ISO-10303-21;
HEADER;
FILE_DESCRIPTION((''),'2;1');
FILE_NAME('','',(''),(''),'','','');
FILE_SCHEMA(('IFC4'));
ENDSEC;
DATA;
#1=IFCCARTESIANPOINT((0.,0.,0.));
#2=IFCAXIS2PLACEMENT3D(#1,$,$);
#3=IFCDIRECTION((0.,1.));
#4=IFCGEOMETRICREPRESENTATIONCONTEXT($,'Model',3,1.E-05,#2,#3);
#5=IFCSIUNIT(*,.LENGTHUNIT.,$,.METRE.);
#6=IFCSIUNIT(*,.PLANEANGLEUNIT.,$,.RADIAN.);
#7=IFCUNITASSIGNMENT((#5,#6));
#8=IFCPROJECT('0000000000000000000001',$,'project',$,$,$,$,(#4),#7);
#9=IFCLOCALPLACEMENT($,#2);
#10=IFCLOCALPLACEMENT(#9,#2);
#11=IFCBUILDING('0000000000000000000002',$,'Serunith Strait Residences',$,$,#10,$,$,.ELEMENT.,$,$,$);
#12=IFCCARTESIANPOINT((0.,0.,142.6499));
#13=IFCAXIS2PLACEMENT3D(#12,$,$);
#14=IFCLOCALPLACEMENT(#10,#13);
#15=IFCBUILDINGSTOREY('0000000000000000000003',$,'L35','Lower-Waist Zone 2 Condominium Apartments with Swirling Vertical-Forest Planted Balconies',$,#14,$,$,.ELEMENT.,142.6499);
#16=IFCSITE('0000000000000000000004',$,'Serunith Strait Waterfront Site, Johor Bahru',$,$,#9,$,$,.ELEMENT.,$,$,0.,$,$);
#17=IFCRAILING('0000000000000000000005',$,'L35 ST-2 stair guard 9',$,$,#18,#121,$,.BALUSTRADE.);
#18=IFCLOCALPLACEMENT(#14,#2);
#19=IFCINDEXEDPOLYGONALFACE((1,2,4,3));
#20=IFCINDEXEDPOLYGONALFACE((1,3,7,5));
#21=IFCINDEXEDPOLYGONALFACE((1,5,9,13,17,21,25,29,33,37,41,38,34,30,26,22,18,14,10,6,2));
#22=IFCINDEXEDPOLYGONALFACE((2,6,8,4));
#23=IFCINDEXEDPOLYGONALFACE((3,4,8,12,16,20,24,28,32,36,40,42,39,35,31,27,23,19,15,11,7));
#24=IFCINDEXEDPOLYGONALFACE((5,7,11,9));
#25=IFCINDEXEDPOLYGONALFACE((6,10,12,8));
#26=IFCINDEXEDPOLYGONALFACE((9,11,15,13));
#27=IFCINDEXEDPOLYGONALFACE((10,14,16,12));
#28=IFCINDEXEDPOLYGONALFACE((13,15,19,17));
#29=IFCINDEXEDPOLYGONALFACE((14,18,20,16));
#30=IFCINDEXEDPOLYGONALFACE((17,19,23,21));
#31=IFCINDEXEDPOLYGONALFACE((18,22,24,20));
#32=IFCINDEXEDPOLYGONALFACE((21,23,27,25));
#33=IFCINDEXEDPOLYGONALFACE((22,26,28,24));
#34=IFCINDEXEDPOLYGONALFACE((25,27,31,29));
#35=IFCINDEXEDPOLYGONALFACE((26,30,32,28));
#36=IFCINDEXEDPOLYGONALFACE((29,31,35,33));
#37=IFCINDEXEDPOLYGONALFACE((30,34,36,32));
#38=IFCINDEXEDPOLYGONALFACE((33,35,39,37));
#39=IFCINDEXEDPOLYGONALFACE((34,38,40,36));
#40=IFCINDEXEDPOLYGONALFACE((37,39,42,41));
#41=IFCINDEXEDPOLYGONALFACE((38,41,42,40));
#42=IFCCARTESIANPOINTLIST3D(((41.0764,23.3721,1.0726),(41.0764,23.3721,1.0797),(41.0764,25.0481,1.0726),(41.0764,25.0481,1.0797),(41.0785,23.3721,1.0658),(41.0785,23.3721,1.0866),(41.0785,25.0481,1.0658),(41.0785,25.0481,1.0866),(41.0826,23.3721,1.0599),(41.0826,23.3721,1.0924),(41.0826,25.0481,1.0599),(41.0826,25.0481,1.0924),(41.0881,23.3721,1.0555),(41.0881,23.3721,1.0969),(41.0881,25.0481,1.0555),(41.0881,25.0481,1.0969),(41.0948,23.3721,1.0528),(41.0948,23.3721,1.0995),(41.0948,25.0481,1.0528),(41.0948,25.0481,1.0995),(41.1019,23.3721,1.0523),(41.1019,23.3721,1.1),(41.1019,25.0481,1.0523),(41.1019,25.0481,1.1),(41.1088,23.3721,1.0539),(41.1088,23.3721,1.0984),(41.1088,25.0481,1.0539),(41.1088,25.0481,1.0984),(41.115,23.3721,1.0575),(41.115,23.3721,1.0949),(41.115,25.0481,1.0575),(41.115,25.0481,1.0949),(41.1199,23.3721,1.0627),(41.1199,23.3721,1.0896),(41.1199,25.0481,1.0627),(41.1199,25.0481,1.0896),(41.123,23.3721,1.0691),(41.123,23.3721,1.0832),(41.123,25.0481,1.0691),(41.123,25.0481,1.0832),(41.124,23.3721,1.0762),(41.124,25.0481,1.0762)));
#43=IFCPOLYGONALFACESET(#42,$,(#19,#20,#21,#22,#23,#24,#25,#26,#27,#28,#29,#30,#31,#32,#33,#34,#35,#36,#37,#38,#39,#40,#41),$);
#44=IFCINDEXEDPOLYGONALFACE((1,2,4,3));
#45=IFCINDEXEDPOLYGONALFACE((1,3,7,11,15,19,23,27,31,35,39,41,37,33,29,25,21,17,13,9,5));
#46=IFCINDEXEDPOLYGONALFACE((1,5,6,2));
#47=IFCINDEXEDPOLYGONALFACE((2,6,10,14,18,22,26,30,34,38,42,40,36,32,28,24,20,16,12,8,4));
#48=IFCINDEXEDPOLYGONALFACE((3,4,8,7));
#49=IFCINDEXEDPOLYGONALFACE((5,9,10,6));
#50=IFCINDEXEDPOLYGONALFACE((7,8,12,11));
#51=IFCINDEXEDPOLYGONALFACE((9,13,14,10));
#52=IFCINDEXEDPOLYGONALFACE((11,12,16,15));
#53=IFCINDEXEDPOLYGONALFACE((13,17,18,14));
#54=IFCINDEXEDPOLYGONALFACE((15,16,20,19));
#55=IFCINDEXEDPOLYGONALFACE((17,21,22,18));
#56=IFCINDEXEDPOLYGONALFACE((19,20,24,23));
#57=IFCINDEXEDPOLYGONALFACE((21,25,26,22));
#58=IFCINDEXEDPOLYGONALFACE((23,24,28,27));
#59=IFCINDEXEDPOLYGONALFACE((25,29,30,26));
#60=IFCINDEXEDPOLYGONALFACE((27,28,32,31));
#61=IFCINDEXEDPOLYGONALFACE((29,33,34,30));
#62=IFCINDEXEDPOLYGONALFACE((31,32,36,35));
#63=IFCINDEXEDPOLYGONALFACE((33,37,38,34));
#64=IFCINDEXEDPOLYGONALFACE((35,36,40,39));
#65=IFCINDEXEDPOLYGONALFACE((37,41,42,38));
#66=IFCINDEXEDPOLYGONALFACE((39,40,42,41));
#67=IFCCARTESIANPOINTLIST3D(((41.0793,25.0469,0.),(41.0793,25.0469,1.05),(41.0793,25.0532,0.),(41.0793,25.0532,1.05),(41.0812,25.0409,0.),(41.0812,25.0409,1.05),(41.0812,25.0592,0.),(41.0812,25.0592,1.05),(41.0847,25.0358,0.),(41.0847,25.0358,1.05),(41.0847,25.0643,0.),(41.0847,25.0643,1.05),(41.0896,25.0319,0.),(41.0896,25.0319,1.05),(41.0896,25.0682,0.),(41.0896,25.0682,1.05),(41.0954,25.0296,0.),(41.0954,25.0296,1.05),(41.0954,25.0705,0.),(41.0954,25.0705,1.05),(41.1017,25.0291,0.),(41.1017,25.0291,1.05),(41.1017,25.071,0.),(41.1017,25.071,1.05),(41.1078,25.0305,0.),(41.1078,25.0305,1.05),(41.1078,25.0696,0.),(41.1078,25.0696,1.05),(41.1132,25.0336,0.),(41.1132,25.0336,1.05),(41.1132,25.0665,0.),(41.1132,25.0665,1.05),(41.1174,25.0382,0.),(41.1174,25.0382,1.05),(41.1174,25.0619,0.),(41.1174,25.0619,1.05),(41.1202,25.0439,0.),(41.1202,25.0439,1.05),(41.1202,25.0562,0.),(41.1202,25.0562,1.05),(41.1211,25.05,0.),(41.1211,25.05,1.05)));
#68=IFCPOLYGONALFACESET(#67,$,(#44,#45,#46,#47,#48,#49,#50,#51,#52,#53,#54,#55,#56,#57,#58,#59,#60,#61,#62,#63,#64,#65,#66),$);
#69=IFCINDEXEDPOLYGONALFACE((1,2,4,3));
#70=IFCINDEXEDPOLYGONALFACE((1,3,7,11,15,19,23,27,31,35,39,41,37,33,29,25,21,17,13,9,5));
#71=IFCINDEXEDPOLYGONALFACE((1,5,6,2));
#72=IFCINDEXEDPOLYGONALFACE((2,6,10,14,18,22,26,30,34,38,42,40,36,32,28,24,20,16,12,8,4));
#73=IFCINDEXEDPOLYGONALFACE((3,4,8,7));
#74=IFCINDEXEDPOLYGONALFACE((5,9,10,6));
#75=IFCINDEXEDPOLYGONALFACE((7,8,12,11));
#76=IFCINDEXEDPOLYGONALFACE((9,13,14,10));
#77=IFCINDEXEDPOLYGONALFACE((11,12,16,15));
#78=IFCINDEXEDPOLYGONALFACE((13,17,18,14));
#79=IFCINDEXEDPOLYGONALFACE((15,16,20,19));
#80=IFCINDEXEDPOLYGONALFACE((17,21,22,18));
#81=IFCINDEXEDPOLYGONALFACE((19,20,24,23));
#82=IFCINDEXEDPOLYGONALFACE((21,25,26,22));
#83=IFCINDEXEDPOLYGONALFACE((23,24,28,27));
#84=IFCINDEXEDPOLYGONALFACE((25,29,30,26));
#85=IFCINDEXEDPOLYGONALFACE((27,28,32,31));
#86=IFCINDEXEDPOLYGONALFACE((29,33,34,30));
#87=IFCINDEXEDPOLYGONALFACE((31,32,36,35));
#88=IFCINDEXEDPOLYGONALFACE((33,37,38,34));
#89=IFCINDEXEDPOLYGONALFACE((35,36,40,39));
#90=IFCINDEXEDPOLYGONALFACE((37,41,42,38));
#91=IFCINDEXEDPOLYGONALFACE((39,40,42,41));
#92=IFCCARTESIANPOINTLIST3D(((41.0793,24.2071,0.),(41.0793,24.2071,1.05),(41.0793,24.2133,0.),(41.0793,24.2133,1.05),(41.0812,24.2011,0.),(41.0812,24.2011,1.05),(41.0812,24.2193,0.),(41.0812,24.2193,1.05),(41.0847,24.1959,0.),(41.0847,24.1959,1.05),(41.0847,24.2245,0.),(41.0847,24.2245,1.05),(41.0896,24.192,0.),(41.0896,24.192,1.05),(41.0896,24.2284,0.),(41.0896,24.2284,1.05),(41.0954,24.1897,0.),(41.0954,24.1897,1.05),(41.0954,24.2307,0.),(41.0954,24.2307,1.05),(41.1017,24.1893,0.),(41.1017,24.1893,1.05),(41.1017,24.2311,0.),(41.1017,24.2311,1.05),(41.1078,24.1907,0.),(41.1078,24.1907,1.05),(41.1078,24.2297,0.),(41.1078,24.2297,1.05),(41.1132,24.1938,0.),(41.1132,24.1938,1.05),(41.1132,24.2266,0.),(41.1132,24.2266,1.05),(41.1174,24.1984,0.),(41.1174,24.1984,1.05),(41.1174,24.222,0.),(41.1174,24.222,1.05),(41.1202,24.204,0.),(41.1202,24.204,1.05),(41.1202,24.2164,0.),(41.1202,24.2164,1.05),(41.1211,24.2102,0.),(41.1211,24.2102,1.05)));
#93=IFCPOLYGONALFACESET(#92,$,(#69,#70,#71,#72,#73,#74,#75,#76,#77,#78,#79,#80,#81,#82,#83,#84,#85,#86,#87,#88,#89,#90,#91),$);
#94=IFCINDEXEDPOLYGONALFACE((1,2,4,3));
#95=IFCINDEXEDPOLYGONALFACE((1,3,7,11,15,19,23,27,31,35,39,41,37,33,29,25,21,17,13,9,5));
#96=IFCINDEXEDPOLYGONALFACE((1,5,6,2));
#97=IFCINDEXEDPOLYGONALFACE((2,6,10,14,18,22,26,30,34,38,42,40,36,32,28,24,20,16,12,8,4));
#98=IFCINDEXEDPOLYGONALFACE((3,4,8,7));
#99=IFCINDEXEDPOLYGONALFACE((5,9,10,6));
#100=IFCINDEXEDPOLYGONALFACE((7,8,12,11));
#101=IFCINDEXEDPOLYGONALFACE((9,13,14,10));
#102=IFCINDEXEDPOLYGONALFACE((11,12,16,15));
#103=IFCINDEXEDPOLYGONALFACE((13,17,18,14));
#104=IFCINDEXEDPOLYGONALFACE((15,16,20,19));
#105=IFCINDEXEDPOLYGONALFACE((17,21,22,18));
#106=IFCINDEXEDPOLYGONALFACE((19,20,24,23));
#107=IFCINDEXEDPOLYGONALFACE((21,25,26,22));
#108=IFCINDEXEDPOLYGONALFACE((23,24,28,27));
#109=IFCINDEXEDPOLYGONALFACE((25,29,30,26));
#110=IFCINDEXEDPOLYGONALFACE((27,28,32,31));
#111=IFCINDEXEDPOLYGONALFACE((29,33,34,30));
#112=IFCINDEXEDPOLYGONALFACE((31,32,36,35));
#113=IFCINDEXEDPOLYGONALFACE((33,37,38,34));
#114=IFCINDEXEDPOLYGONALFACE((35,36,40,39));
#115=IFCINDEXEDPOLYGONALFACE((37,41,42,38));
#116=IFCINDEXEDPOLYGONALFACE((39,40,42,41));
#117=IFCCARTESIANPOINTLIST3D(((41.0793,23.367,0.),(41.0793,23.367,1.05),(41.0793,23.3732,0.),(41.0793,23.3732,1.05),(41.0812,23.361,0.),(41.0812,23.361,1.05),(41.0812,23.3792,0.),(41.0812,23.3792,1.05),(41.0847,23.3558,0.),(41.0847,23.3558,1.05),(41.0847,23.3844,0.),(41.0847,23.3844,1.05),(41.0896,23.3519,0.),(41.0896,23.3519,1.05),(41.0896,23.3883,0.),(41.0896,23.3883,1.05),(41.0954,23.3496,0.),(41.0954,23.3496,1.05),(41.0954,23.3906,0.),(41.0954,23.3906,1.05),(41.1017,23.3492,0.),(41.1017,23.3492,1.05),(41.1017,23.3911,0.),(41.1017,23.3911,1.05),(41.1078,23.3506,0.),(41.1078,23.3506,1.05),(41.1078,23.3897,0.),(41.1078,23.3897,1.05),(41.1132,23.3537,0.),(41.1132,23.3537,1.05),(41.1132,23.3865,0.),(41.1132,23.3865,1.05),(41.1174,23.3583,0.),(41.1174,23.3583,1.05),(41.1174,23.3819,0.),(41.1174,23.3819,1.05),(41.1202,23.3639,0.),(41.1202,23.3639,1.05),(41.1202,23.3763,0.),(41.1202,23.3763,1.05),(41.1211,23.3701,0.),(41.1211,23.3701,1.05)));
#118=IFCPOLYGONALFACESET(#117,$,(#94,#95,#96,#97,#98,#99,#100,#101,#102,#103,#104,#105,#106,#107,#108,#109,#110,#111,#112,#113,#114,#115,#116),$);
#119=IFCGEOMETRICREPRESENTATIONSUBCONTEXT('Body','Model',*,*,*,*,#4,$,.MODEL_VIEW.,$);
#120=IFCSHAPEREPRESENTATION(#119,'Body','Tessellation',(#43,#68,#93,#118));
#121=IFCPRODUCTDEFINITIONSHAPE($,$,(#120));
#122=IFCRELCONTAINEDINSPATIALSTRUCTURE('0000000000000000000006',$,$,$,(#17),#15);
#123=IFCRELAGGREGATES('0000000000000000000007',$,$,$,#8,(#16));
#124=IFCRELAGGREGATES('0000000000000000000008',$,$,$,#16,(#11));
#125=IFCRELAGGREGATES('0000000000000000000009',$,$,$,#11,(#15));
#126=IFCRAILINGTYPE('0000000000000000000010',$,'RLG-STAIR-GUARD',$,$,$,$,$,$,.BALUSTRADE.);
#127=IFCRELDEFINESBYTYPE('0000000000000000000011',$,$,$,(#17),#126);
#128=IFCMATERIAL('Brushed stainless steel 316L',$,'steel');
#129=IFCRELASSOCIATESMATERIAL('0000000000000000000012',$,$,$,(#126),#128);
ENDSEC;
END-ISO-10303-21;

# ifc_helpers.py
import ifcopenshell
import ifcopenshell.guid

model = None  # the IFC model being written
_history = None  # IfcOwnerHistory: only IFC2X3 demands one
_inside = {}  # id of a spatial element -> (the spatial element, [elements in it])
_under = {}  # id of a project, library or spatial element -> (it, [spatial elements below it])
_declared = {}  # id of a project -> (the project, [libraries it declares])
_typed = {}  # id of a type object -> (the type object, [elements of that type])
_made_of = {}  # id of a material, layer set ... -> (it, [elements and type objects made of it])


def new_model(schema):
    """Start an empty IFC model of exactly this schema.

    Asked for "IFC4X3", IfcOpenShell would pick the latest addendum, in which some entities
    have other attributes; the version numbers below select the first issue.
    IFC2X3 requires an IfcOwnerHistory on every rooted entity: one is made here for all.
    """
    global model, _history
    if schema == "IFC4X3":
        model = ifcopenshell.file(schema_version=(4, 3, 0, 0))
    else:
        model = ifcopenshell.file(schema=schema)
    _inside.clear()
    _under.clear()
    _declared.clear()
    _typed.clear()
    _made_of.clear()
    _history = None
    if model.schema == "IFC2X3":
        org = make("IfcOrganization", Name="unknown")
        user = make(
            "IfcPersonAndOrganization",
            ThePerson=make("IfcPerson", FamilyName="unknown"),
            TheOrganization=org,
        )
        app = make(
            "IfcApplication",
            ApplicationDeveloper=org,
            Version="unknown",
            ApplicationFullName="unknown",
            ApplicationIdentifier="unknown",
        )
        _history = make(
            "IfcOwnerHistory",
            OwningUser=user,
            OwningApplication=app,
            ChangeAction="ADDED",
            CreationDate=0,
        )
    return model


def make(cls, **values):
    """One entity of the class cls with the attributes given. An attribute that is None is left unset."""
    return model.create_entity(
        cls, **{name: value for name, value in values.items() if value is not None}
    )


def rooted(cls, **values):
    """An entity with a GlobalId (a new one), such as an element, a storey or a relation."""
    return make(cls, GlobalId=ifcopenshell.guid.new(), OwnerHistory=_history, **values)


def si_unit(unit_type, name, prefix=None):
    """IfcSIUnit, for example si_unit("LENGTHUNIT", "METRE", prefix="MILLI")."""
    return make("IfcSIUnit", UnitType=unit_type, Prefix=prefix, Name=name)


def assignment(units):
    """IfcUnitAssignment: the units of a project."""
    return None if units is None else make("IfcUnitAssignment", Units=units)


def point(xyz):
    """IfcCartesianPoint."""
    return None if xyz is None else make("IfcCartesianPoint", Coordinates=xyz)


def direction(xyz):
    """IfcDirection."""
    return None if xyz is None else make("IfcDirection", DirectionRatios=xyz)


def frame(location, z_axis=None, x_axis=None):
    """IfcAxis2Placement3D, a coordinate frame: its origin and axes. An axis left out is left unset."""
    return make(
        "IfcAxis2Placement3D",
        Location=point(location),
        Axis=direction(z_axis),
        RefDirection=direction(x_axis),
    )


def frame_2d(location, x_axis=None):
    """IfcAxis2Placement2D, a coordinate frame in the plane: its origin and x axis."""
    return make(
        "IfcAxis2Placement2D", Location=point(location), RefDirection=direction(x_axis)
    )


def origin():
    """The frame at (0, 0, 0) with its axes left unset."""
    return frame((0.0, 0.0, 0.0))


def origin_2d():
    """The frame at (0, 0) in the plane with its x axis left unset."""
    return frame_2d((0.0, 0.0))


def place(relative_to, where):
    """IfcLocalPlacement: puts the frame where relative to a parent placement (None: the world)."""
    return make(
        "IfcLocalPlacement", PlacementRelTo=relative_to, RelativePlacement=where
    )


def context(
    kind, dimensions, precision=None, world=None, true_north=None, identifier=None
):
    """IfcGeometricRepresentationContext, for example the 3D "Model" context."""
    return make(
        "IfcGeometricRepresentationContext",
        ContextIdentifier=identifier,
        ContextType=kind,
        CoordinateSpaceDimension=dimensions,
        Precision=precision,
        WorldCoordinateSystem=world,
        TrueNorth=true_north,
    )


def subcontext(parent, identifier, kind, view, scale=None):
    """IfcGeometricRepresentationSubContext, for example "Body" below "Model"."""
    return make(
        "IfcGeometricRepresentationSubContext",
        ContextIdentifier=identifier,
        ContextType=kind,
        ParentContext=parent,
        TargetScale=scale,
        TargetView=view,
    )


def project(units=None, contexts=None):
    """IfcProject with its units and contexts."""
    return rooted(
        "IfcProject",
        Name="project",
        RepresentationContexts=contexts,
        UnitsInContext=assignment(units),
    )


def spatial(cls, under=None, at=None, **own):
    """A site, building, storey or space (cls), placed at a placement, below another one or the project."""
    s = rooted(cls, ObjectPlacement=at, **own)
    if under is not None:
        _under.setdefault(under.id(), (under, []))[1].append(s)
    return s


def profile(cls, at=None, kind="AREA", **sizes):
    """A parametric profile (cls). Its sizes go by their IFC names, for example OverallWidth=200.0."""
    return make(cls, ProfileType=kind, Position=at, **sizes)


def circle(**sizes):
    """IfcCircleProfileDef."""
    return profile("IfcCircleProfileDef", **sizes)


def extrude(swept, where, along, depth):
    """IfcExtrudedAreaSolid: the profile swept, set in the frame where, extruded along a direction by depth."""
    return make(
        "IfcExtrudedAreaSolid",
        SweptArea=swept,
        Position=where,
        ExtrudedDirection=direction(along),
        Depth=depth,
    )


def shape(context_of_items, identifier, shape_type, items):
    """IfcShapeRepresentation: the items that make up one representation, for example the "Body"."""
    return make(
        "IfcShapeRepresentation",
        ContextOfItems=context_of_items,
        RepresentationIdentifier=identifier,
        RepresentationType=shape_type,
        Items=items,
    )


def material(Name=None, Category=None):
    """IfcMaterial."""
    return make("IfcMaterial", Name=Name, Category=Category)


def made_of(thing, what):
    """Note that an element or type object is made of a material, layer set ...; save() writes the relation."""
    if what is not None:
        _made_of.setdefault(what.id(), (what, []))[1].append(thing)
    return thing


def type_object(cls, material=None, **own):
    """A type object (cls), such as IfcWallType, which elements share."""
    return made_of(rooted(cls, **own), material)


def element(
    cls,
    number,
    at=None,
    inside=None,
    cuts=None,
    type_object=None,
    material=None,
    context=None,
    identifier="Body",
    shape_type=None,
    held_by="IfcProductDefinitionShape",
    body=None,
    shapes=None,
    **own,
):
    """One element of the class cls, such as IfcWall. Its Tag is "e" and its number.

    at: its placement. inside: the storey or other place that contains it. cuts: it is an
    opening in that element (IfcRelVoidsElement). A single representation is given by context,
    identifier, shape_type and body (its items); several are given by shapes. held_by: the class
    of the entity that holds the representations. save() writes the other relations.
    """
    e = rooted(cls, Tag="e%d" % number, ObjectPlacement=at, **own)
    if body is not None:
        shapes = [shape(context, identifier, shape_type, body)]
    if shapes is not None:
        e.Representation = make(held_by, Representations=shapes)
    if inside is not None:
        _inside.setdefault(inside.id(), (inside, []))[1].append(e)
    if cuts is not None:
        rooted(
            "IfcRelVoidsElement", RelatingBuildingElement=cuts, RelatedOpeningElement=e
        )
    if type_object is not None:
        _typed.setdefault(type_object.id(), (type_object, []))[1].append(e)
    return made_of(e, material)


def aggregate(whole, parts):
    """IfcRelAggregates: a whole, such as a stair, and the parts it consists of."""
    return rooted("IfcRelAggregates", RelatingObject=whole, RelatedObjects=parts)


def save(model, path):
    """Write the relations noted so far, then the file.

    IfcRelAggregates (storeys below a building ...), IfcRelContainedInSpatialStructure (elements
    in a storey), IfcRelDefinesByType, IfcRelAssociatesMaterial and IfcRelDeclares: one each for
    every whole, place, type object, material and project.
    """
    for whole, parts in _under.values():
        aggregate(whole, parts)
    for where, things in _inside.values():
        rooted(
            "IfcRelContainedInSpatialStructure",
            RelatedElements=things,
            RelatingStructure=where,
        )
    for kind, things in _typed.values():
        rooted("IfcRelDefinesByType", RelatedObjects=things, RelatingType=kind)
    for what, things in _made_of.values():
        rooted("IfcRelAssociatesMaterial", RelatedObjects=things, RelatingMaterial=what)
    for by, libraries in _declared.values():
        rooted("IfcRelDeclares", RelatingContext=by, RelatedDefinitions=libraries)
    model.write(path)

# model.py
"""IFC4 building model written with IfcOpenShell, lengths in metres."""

from ifc_helpers import new_model, si_unit, direction, frame, origin, origin_2d, place, context, subcontext, project, spatial, circle, extrude, material, type_object, element, save


model = new_model("IFC4")

# Units and contexts
model_context = context("Model", 3, precision=1e-05, world=origin(), true_north=direction((0.0, 1.0)))
body_context = subcontext(model_context, "Body", "Model", "MODEL_VIEW")
ifc_project = project(units=[si_unit("LENGTHUNIT", "METRE"), si_unit("PLANEANGLEUNIT", "RADIAN")], contexts=[model_context])

# Site, building, storey
site_placement = place(None, origin())
site = spatial("IfcSite", under=ifc_project, at=site_placement, Name="Serunith Strait Waterfront Site, Johor Bahru", CompositionType="ELEMENT", RefElevation=0.0)
building_placement = place(site_placement, origin())
building = spatial("IfcBuilding", under=site, at=building_placement, Name="Serunith Strait Residences", CompositionType="ELEMENT")
storey_placement = place(building_placement, frame((0.0, 0.0, 142.6499)))
storey = spatial("IfcBuildingStorey", under=building, at=storey_placement, Name="L35", Description="Lower-Waist Zone 2 Condominium Apartments with Swirling Vertical-Forest Planted Balconies", CompositionType="ELEMENT", Elevation=142.6499)

# Railing
ifc_material_1 = material(Name="Brushed stainless steel 316L", Category="steel")
railing_type = type_object("IfcRailingType", Name="RLG-STAIR-GUARD", PredefinedType="BALUSTRADE", material=ifc_material_1)
for number, where, name in (
    (1, (41.1001, 25.05, 0.0), "L35 ST-2 stair guard 9"),
):
    element("IfcRailing", number, at=place(storey_placement, frame(where)), inside=storey, type_object=railing_type, Name=name, PredefinedType="BALUSTRADE", context=body_context, shape_type="SweptSolid", body=[
        extrude(circle(Radius=0.0239, at=origin_2d()), frame((0.0, -0.002, 1.0762), z_axis=(0.0, -1.0, 0.0), x_axis=(1.0, 0.0, 0.0)), (0.0, 0.0, 1.0), 1.676),
        extrude(circle(Radius=0.021, at=origin_2d()), origin(), (0.0, 0.0, 1.0), 1.05),
        extrude(circle(Radius=0.021, at=origin_2d()), frame((0.0, -0.8398, 0.0)), (0.0, 0.0, 1.0), 1.05),
        extrude(circle(Radius=0.021, at=origin_2d()), frame((0.0, -1.6799, 0.0)), (0.0, 0.0, 1.0), 1.05),
    ])

save(model, "model.ifc")
